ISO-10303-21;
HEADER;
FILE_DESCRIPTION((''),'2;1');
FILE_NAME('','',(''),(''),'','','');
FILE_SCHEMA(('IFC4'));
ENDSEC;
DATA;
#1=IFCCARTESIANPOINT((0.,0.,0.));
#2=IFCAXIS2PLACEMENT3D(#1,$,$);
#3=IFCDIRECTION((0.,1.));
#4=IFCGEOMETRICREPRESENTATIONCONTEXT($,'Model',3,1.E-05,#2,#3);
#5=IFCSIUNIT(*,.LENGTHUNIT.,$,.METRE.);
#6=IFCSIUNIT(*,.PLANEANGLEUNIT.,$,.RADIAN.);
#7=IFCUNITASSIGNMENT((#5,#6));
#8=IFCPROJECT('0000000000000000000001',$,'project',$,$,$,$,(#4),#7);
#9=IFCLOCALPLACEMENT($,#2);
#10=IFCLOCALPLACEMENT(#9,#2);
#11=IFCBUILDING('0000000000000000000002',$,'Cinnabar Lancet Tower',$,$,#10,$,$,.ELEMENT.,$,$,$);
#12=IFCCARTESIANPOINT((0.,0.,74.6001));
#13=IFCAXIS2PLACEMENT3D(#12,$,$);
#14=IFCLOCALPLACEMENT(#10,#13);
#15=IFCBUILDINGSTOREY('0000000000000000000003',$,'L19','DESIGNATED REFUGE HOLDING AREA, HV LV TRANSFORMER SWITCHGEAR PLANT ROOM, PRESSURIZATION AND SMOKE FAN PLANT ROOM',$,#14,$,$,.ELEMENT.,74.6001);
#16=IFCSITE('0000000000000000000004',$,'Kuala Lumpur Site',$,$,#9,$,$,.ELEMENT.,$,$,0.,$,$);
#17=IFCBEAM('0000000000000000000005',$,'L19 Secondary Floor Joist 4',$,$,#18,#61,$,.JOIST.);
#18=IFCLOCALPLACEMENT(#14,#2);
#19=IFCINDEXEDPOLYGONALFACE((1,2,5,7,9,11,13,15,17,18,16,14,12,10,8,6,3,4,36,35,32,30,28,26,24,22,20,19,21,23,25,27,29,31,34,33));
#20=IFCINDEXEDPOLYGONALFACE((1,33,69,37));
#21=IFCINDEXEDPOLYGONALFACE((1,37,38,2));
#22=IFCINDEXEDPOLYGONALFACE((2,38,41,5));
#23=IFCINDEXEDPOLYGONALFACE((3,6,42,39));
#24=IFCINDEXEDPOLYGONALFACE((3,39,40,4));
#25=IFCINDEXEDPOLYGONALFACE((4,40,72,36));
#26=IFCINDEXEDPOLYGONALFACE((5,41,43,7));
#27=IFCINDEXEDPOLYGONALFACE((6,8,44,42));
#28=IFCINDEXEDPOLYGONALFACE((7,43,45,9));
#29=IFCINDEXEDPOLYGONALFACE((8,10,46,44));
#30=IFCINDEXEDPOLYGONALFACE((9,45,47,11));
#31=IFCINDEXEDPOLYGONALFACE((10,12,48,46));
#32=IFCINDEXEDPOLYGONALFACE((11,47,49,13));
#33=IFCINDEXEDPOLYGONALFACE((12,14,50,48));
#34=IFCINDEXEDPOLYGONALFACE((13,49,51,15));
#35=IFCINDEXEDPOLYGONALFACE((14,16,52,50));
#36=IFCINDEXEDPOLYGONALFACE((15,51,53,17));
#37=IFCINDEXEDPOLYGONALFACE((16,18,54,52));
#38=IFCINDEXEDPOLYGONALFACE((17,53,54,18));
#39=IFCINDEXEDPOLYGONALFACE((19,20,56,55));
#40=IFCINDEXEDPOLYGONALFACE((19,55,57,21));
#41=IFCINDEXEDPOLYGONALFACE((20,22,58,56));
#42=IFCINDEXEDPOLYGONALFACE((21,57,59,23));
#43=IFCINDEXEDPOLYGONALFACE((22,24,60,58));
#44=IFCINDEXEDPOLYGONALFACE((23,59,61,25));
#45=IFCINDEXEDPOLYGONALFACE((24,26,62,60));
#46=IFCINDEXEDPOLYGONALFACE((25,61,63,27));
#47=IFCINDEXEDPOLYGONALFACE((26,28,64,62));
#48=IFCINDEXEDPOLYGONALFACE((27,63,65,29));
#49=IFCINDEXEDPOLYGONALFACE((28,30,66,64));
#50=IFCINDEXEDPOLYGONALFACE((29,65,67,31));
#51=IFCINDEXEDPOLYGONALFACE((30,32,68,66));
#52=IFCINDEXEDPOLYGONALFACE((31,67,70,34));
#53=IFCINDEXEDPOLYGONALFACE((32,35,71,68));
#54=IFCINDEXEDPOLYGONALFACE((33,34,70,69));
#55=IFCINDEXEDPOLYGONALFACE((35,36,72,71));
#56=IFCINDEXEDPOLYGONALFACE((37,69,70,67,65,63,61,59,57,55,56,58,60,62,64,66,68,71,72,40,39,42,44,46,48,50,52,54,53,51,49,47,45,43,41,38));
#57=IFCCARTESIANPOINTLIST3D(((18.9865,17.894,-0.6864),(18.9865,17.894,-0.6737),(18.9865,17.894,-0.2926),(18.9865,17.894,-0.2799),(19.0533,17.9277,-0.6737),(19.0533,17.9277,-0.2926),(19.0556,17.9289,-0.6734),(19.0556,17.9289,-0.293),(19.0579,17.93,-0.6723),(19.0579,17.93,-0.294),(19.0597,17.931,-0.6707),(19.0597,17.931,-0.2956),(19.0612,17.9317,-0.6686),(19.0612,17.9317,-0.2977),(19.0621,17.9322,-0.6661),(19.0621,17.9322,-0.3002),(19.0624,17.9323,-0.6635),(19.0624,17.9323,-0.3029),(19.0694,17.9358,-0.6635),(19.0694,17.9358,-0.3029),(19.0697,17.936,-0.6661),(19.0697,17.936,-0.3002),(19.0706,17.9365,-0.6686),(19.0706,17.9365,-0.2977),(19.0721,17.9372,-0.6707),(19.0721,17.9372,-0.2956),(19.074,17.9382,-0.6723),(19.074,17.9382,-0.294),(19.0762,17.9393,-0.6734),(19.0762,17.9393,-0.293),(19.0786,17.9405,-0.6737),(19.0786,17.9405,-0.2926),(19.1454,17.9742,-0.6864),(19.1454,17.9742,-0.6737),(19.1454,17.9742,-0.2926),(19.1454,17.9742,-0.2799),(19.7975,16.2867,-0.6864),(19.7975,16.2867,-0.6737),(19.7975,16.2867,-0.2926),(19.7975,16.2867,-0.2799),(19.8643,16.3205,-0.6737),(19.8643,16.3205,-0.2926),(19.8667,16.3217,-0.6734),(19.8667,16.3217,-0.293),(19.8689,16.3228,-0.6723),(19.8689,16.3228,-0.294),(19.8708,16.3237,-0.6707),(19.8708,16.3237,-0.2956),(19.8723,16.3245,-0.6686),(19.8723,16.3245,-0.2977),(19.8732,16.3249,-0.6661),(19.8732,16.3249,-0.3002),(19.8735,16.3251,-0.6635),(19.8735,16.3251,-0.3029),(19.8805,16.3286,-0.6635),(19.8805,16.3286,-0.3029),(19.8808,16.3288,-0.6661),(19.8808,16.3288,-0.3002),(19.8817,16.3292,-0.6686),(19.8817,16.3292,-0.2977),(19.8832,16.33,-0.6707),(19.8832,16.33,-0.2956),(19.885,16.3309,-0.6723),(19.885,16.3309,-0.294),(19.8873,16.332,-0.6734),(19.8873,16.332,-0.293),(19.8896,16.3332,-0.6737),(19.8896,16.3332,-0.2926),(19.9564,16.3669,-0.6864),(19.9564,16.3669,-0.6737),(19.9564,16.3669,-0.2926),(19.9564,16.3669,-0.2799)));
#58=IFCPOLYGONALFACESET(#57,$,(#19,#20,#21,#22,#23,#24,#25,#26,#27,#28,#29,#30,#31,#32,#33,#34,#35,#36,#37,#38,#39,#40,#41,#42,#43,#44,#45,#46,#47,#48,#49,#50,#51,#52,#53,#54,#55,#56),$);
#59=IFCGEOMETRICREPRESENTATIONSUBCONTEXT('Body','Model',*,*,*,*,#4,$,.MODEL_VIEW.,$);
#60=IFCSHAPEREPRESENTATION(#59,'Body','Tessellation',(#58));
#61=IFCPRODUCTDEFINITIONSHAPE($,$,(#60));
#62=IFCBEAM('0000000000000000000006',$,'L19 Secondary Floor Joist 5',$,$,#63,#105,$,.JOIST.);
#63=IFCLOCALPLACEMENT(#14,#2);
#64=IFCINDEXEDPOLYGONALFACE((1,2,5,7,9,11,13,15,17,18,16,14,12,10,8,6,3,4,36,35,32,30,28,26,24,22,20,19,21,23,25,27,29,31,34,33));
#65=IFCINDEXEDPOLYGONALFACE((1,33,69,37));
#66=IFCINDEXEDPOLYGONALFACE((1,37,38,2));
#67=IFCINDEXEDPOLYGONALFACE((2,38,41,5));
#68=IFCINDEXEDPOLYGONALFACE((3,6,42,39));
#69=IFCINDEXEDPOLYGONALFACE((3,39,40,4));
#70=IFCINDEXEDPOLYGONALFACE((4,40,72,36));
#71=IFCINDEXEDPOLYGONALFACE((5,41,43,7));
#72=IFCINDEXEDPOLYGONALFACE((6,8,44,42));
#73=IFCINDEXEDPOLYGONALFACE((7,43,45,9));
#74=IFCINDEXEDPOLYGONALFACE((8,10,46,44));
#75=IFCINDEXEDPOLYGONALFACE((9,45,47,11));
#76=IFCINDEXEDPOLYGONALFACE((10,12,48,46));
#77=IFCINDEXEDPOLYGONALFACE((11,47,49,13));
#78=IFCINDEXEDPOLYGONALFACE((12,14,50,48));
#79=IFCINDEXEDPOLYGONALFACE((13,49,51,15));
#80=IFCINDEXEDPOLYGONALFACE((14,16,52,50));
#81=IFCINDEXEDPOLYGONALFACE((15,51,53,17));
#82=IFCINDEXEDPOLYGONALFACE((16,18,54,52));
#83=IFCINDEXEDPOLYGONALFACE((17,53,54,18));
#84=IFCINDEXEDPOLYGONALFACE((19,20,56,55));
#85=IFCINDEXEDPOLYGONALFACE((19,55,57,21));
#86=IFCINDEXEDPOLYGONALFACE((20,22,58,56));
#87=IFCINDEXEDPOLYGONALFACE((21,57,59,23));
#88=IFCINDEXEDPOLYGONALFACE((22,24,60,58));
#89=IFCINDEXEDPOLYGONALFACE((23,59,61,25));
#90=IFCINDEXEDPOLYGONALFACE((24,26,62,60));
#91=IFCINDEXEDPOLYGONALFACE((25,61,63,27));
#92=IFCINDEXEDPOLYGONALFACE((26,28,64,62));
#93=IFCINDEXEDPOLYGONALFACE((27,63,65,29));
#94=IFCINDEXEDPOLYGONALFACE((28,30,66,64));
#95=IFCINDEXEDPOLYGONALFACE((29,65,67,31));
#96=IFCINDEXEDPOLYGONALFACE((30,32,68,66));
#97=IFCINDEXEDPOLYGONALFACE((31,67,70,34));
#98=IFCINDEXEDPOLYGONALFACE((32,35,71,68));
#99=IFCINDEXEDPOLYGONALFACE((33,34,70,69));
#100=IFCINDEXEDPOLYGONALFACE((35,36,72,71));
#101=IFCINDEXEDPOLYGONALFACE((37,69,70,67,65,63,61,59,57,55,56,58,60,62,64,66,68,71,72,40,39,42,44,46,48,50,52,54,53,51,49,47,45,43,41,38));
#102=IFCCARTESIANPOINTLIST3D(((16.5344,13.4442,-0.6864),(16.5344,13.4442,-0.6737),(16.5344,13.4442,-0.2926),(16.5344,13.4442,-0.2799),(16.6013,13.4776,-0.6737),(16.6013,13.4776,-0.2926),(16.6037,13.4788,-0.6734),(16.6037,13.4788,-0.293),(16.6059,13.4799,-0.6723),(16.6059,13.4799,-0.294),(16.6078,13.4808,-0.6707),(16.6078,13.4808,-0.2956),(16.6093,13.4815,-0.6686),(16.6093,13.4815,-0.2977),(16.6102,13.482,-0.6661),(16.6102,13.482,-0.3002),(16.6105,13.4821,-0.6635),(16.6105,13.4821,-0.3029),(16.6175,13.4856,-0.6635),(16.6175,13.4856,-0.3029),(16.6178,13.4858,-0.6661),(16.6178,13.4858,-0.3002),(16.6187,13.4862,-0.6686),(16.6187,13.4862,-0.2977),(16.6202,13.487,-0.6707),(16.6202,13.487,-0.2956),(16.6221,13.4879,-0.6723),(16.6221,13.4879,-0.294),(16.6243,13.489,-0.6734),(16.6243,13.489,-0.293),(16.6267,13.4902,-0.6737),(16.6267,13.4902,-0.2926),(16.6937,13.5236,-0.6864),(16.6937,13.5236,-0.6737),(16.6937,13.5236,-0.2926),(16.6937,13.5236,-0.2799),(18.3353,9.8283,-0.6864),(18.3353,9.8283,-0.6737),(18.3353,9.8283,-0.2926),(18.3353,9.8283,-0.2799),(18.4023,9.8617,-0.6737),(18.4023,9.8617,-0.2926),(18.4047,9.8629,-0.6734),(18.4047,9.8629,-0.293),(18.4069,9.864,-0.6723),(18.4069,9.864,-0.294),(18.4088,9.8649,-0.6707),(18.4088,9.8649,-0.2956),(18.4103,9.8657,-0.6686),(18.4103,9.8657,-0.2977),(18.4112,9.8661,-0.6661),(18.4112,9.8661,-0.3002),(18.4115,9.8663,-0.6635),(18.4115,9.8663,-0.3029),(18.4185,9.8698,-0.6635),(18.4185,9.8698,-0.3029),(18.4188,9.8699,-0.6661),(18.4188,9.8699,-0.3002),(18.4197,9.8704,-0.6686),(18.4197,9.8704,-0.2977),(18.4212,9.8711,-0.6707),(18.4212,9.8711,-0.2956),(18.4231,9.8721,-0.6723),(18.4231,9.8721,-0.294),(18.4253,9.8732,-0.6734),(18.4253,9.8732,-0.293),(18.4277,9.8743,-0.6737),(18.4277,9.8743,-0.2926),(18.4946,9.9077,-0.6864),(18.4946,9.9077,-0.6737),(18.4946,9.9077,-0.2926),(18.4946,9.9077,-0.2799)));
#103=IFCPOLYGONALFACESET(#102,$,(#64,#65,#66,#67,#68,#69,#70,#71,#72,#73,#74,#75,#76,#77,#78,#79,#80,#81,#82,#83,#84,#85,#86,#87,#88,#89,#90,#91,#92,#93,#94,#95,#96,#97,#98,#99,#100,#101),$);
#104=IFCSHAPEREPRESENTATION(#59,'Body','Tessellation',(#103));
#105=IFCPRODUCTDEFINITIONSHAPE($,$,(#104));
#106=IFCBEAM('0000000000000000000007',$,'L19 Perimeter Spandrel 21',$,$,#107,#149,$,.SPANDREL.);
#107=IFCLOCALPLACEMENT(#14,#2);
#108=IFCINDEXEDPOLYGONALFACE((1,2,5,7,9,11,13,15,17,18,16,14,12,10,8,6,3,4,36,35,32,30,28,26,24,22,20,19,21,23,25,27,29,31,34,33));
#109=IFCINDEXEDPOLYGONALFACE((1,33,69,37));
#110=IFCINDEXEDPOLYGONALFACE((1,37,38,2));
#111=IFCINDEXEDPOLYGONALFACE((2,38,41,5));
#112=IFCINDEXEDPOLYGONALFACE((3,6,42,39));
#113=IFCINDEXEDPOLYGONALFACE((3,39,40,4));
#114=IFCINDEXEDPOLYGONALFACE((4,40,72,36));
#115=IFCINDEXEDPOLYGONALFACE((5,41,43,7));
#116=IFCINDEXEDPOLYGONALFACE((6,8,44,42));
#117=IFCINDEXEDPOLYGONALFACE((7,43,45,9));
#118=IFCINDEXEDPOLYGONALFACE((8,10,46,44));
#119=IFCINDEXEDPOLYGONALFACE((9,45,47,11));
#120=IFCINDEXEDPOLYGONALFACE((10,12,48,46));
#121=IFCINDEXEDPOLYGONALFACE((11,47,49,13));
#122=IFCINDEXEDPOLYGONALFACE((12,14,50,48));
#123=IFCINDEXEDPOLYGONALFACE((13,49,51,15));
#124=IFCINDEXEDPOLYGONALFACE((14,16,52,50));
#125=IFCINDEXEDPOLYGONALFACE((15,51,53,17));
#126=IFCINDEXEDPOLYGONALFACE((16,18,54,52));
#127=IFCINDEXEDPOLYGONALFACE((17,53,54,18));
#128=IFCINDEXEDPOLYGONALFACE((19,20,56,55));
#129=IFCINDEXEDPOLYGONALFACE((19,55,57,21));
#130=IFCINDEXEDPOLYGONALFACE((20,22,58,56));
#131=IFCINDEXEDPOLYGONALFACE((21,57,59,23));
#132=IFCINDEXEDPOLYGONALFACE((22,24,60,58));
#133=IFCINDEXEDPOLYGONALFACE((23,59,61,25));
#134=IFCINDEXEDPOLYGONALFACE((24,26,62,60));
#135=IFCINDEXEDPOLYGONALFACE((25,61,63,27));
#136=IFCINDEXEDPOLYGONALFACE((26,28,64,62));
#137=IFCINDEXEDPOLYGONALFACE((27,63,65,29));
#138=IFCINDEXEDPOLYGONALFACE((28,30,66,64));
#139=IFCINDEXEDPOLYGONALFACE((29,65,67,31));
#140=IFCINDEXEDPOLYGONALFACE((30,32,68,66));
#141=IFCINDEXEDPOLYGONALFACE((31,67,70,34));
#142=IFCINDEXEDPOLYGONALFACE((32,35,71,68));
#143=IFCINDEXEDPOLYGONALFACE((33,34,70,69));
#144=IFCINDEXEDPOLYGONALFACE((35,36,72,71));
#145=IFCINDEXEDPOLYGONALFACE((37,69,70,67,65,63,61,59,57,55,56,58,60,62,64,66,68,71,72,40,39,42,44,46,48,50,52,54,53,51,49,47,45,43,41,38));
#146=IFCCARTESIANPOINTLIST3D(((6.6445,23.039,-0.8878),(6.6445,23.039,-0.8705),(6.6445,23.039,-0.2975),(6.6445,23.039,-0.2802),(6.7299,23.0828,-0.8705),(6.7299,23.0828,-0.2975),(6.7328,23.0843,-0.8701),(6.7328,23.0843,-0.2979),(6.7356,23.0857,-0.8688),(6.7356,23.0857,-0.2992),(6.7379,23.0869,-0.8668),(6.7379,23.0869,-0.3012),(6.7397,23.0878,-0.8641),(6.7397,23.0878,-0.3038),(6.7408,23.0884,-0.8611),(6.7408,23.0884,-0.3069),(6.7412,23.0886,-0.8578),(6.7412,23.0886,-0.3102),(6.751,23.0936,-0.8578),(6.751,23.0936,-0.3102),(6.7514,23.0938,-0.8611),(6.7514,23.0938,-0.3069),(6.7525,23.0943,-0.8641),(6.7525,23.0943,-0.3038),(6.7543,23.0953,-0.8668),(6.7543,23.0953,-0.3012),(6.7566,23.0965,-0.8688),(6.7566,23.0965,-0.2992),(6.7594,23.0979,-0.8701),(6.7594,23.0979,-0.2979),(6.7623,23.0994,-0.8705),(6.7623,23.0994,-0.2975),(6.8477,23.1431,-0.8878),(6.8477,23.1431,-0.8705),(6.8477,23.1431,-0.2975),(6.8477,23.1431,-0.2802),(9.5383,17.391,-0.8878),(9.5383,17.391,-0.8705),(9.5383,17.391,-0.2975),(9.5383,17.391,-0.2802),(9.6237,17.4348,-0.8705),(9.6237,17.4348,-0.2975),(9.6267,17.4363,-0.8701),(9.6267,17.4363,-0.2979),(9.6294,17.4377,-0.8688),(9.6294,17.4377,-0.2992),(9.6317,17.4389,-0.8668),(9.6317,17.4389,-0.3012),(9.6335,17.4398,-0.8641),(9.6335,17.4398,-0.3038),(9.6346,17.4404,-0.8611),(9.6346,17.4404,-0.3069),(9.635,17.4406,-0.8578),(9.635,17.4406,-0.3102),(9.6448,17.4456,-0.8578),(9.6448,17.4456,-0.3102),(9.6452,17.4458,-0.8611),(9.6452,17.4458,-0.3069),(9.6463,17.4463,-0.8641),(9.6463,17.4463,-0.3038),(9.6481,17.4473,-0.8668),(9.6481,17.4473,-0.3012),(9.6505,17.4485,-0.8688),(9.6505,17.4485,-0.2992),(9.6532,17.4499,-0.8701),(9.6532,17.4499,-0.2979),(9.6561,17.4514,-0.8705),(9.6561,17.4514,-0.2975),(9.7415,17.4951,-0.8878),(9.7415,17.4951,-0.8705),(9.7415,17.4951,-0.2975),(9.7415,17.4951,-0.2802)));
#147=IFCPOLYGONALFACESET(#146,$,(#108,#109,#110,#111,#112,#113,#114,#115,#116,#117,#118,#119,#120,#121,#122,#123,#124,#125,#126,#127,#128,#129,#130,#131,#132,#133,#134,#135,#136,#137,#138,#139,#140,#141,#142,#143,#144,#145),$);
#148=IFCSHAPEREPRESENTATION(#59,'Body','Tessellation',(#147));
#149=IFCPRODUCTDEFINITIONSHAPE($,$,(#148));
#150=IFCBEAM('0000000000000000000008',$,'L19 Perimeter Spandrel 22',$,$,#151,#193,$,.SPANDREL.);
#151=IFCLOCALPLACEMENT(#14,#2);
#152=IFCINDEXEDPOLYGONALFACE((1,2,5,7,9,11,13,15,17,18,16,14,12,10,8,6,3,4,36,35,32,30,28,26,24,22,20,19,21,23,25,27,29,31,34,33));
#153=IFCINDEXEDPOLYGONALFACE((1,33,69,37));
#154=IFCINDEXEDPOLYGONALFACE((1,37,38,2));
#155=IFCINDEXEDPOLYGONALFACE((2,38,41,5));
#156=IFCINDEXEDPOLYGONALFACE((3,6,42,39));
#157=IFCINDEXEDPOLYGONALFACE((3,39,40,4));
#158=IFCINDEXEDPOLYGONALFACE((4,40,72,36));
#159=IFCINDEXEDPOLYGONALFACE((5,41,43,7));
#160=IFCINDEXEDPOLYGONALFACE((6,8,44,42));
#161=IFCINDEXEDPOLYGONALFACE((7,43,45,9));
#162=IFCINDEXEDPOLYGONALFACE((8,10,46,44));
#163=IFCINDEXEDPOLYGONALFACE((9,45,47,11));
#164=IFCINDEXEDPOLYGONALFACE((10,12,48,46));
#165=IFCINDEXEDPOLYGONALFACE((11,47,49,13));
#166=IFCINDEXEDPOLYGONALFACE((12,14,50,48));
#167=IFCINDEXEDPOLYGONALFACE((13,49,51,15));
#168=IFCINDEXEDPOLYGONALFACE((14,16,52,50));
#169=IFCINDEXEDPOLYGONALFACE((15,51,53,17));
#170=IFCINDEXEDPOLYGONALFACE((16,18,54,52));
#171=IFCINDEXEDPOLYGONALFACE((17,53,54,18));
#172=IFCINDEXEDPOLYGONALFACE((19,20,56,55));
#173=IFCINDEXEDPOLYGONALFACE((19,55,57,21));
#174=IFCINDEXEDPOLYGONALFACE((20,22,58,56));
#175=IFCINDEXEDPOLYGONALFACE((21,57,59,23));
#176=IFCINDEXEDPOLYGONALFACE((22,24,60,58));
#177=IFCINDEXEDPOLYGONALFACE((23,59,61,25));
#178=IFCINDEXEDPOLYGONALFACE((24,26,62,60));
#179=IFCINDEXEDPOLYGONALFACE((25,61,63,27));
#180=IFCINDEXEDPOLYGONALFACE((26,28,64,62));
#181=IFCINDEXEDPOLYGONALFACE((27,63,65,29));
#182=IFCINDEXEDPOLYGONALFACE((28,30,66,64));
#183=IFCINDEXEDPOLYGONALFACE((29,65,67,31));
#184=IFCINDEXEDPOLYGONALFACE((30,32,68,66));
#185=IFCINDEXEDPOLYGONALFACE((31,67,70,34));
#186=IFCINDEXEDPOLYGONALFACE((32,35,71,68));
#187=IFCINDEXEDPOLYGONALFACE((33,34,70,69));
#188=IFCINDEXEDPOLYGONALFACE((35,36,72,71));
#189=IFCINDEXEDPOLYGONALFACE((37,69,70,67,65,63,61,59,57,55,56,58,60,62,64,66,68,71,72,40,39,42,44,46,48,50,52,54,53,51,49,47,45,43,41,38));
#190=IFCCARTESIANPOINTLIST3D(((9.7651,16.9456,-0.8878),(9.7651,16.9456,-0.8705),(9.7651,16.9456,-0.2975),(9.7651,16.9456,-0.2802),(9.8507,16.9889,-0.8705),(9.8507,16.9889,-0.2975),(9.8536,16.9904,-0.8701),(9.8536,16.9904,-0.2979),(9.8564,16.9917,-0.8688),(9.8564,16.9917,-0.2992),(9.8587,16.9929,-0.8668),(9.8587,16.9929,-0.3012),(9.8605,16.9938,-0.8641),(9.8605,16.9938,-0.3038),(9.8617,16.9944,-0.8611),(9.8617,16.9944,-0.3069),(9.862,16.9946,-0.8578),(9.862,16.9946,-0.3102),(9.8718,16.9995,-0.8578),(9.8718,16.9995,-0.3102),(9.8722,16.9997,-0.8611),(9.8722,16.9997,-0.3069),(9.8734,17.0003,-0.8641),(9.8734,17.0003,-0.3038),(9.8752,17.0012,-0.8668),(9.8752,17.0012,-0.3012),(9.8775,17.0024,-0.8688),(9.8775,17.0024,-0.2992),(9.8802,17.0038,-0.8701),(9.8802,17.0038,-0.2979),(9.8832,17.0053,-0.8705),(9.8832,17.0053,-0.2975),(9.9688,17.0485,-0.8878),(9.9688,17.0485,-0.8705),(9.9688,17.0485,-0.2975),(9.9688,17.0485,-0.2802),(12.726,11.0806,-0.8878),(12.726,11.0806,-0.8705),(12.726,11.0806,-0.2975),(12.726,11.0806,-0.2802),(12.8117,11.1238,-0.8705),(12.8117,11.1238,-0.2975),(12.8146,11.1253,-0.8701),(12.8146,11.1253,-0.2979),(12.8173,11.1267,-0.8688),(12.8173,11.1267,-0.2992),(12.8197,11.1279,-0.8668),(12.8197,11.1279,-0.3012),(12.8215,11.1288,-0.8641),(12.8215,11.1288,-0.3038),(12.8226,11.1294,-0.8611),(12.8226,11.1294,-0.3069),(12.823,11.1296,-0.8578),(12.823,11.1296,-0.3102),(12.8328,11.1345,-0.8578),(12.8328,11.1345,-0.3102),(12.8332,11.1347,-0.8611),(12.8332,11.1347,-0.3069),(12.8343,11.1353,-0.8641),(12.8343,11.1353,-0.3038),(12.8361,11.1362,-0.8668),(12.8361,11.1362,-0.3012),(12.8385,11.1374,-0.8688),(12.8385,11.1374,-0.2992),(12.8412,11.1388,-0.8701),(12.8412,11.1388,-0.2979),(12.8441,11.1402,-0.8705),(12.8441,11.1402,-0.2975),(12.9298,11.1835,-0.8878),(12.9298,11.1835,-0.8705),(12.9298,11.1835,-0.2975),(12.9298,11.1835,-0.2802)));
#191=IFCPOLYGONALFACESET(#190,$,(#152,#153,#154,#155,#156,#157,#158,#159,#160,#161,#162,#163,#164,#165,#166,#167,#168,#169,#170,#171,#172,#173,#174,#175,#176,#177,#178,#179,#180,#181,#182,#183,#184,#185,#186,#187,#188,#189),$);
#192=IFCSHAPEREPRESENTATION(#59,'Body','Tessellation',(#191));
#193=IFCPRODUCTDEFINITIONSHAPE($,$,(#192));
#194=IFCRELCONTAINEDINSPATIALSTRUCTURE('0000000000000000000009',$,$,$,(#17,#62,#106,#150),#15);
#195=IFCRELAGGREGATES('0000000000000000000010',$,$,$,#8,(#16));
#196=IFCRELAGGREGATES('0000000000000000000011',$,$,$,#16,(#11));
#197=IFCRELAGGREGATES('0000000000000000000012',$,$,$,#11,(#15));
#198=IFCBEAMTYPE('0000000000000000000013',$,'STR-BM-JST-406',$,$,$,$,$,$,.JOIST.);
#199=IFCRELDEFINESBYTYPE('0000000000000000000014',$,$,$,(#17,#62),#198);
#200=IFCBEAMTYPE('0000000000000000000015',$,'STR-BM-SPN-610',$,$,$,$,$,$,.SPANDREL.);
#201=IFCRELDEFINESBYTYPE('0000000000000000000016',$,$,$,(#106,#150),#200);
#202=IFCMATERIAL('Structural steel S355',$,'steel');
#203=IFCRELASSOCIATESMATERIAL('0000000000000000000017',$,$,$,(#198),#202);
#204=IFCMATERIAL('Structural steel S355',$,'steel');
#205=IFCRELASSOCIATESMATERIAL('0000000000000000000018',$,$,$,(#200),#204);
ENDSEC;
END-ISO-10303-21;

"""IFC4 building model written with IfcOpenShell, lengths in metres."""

from ifc_helpers import new_model, si_unit, direction, frame, origin, origin_2d, place, context, subcontext, project, spatial, i_section, extrude, material, material_profile, profile_set, type_object, element, save


model = new_model("IFC4")

# Units and contexts
model_context = context("Model", 3, precision=1e-05, world=origin(), true_north=direction((0.0, 1.0)))
body_context = subcontext(model_context, "Body", "Model", "MODEL_VIEW")
ifc_project = project(units=[si_unit("LENGTHUNIT", "METRE"), si_unit("PLANEANGLEUNIT", "RADIAN")], contexts=[model_context])

# Site, building, storey
site_placement = place(None, origin())
site = spatial("IfcSite", under=ifc_project, at=site_placement, Name="Kuala Lumpur Site", CompositionType="ELEMENT", RefElevation=0.0)
building_placement = place(site_placement, origin())
building = spatial("IfcBuilding", under=site, at=building_placement, Name="Cinnabar Lancet Tower", CompositionType="ELEMENT")
storey_placement = place(building_placement, frame((0.0, 0.0, 74.6001)))
storey = spatial("IfcBuildingStorey", under=building, at=storey_placement, Name="L19", Description="DESIGNATED REFUGE HOLDING AREA, HV LV TRANSFORMER SWITCHGEAR PLANT ROOM, PRESSURIZATION AND SMOKE FAN PLANT ROOM", CompositionType="ELEMENT", Elevation=74.6001)

# Beams
ifc_material_1 = material(Name="Structural steel S355", Category="steel")
ifc_material_profile_1 = material_profile(ifc_material_1, i_section(OverallWidth=0.178, OverallDepth=0.4065, WebThickness=0.0078, FlangeThickness=0.0127, FilletRadius=0.0103, at=origin_2d()), Name="UKB 406x178x60")
ifc_profile_set_1 = profile_set([ifc_material_profile_1], Name="Structural steel S355")
beam_type_1 = type_object("IfcBeamType", Name="STR-BM-JST-406", PredefinedType="JOIST", material=ifc_profile_set_1)
beam_1_placement = place(storey_placement, frame((19.0659, 17.9341, -0.4832), z_axis=(0.45052, -0.892767, 0.0), x_axis=(0.892767, 0.45052, 0.0)))
element("IfcBeam", 1, at=beam_1_placement, inside=storey, type_object=beam_type_1, Name="L19 Secondary Floor Joist 4", PredefinedType="JOIST", context=body_context, shape_type="SweptSolid", body=[
    extrude(i_section(OverallWidth=0.178, OverallDepth=0.4065, WebThickness=0.0078, FlangeThickness=0.0127, FilletRadius=0.0103, at=origin_2d()), origin(), (0.0, 0.0, 1.0), 1.8003),
])
beam_2_placement = place(storey_placement, frame((16.614, 13.4839, -0.4832), z_axis=(0.445835, -0.895115, 0.0), x_axis=(0.895115, 0.445835, 0.0)))
element("IfcBeam", 2, at=beam_2_placement, inside=storey, type_object=beam_type_1, Name="L19 Secondary Floor Joist 5", PredefinedType="JOIST", context=body_context, shape_type="SweptSolid", body=[
    extrude(i_section(OverallWidth=0.178, OverallDepth=0.4065, WebThickness=0.0078, FlangeThickness=0.0127, FilletRadius=0.0103, at=origin_2d()), origin(), (0.0, 0.0, 1.0), 4.0396),
])
ifc_material_2 = material(Name="Structural steel S355", Category="steel")
ifc_material_profile_2 = material_profile(ifc_material_2, i_section(OverallWidth=0.2283, OverallDepth=0.6077, WebThickness=0.011, FlangeThickness=0.0173, FilletRadius=0.0127, at=origin_2d()), Name="UKB 610x229x113")
ifc_profile_set_2 = profile_set([ifc_material_profile_2], Name="Structural steel S355")
beam_type_2 = type_object("IfcBeamType", Name="STR-BM-SPN-610", PredefinedType="SPANDREL", material=ifc_profile_set_2)
beam_3_placement = place(storey_placement, frame((6.7461, 23.0911, -0.584), z_axis=(0.455994, -0.889983, 0.0), x_axis=(0.889983, 0.455994, 0.0)))
element("IfcBeam", 3, at=beam_3_placement, inside=storey, type_object=beam_type_2, Name="L19 Perimeter Spandrel 21", PredefinedType="SPANDREL", context=body_context, shape_type="SweptSolid", body=[
    extrude(i_section(OverallWidth=0.2283, OverallDepth=0.6077, WebThickness=0.011, FlangeThickness=0.0173, FilletRadius=0.0127, at=origin_2d()), origin(), (0.0, 0.0, 1.0), 6.3462),
])
beam_4_placement = place(storey_placement, frame((9.8669, 16.9971, -0.584), z_axis=(0.450674, -0.892689, 0.0), x_axis=(0.892689, 0.450674, 0.0)))
element("IfcBeam", 4, at=beam_4_placement, inside=storey, type_object=beam_type_2, Name="L19 Perimeter Spandrel 22", PredefinedType="SPANDREL", context=body_context, shape_type="SweptSolid", body=[
    extrude(i_section(OverallWidth=0.2283, OverallDepth=0.6077, WebThickness=0.011, FlangeThickness=0.0173, FilletRadius=0.0127, at=origin_2d()), origin(), (0.0, 0.0, 1.0), 6.5701),
])

save(model, "model.ifc")
